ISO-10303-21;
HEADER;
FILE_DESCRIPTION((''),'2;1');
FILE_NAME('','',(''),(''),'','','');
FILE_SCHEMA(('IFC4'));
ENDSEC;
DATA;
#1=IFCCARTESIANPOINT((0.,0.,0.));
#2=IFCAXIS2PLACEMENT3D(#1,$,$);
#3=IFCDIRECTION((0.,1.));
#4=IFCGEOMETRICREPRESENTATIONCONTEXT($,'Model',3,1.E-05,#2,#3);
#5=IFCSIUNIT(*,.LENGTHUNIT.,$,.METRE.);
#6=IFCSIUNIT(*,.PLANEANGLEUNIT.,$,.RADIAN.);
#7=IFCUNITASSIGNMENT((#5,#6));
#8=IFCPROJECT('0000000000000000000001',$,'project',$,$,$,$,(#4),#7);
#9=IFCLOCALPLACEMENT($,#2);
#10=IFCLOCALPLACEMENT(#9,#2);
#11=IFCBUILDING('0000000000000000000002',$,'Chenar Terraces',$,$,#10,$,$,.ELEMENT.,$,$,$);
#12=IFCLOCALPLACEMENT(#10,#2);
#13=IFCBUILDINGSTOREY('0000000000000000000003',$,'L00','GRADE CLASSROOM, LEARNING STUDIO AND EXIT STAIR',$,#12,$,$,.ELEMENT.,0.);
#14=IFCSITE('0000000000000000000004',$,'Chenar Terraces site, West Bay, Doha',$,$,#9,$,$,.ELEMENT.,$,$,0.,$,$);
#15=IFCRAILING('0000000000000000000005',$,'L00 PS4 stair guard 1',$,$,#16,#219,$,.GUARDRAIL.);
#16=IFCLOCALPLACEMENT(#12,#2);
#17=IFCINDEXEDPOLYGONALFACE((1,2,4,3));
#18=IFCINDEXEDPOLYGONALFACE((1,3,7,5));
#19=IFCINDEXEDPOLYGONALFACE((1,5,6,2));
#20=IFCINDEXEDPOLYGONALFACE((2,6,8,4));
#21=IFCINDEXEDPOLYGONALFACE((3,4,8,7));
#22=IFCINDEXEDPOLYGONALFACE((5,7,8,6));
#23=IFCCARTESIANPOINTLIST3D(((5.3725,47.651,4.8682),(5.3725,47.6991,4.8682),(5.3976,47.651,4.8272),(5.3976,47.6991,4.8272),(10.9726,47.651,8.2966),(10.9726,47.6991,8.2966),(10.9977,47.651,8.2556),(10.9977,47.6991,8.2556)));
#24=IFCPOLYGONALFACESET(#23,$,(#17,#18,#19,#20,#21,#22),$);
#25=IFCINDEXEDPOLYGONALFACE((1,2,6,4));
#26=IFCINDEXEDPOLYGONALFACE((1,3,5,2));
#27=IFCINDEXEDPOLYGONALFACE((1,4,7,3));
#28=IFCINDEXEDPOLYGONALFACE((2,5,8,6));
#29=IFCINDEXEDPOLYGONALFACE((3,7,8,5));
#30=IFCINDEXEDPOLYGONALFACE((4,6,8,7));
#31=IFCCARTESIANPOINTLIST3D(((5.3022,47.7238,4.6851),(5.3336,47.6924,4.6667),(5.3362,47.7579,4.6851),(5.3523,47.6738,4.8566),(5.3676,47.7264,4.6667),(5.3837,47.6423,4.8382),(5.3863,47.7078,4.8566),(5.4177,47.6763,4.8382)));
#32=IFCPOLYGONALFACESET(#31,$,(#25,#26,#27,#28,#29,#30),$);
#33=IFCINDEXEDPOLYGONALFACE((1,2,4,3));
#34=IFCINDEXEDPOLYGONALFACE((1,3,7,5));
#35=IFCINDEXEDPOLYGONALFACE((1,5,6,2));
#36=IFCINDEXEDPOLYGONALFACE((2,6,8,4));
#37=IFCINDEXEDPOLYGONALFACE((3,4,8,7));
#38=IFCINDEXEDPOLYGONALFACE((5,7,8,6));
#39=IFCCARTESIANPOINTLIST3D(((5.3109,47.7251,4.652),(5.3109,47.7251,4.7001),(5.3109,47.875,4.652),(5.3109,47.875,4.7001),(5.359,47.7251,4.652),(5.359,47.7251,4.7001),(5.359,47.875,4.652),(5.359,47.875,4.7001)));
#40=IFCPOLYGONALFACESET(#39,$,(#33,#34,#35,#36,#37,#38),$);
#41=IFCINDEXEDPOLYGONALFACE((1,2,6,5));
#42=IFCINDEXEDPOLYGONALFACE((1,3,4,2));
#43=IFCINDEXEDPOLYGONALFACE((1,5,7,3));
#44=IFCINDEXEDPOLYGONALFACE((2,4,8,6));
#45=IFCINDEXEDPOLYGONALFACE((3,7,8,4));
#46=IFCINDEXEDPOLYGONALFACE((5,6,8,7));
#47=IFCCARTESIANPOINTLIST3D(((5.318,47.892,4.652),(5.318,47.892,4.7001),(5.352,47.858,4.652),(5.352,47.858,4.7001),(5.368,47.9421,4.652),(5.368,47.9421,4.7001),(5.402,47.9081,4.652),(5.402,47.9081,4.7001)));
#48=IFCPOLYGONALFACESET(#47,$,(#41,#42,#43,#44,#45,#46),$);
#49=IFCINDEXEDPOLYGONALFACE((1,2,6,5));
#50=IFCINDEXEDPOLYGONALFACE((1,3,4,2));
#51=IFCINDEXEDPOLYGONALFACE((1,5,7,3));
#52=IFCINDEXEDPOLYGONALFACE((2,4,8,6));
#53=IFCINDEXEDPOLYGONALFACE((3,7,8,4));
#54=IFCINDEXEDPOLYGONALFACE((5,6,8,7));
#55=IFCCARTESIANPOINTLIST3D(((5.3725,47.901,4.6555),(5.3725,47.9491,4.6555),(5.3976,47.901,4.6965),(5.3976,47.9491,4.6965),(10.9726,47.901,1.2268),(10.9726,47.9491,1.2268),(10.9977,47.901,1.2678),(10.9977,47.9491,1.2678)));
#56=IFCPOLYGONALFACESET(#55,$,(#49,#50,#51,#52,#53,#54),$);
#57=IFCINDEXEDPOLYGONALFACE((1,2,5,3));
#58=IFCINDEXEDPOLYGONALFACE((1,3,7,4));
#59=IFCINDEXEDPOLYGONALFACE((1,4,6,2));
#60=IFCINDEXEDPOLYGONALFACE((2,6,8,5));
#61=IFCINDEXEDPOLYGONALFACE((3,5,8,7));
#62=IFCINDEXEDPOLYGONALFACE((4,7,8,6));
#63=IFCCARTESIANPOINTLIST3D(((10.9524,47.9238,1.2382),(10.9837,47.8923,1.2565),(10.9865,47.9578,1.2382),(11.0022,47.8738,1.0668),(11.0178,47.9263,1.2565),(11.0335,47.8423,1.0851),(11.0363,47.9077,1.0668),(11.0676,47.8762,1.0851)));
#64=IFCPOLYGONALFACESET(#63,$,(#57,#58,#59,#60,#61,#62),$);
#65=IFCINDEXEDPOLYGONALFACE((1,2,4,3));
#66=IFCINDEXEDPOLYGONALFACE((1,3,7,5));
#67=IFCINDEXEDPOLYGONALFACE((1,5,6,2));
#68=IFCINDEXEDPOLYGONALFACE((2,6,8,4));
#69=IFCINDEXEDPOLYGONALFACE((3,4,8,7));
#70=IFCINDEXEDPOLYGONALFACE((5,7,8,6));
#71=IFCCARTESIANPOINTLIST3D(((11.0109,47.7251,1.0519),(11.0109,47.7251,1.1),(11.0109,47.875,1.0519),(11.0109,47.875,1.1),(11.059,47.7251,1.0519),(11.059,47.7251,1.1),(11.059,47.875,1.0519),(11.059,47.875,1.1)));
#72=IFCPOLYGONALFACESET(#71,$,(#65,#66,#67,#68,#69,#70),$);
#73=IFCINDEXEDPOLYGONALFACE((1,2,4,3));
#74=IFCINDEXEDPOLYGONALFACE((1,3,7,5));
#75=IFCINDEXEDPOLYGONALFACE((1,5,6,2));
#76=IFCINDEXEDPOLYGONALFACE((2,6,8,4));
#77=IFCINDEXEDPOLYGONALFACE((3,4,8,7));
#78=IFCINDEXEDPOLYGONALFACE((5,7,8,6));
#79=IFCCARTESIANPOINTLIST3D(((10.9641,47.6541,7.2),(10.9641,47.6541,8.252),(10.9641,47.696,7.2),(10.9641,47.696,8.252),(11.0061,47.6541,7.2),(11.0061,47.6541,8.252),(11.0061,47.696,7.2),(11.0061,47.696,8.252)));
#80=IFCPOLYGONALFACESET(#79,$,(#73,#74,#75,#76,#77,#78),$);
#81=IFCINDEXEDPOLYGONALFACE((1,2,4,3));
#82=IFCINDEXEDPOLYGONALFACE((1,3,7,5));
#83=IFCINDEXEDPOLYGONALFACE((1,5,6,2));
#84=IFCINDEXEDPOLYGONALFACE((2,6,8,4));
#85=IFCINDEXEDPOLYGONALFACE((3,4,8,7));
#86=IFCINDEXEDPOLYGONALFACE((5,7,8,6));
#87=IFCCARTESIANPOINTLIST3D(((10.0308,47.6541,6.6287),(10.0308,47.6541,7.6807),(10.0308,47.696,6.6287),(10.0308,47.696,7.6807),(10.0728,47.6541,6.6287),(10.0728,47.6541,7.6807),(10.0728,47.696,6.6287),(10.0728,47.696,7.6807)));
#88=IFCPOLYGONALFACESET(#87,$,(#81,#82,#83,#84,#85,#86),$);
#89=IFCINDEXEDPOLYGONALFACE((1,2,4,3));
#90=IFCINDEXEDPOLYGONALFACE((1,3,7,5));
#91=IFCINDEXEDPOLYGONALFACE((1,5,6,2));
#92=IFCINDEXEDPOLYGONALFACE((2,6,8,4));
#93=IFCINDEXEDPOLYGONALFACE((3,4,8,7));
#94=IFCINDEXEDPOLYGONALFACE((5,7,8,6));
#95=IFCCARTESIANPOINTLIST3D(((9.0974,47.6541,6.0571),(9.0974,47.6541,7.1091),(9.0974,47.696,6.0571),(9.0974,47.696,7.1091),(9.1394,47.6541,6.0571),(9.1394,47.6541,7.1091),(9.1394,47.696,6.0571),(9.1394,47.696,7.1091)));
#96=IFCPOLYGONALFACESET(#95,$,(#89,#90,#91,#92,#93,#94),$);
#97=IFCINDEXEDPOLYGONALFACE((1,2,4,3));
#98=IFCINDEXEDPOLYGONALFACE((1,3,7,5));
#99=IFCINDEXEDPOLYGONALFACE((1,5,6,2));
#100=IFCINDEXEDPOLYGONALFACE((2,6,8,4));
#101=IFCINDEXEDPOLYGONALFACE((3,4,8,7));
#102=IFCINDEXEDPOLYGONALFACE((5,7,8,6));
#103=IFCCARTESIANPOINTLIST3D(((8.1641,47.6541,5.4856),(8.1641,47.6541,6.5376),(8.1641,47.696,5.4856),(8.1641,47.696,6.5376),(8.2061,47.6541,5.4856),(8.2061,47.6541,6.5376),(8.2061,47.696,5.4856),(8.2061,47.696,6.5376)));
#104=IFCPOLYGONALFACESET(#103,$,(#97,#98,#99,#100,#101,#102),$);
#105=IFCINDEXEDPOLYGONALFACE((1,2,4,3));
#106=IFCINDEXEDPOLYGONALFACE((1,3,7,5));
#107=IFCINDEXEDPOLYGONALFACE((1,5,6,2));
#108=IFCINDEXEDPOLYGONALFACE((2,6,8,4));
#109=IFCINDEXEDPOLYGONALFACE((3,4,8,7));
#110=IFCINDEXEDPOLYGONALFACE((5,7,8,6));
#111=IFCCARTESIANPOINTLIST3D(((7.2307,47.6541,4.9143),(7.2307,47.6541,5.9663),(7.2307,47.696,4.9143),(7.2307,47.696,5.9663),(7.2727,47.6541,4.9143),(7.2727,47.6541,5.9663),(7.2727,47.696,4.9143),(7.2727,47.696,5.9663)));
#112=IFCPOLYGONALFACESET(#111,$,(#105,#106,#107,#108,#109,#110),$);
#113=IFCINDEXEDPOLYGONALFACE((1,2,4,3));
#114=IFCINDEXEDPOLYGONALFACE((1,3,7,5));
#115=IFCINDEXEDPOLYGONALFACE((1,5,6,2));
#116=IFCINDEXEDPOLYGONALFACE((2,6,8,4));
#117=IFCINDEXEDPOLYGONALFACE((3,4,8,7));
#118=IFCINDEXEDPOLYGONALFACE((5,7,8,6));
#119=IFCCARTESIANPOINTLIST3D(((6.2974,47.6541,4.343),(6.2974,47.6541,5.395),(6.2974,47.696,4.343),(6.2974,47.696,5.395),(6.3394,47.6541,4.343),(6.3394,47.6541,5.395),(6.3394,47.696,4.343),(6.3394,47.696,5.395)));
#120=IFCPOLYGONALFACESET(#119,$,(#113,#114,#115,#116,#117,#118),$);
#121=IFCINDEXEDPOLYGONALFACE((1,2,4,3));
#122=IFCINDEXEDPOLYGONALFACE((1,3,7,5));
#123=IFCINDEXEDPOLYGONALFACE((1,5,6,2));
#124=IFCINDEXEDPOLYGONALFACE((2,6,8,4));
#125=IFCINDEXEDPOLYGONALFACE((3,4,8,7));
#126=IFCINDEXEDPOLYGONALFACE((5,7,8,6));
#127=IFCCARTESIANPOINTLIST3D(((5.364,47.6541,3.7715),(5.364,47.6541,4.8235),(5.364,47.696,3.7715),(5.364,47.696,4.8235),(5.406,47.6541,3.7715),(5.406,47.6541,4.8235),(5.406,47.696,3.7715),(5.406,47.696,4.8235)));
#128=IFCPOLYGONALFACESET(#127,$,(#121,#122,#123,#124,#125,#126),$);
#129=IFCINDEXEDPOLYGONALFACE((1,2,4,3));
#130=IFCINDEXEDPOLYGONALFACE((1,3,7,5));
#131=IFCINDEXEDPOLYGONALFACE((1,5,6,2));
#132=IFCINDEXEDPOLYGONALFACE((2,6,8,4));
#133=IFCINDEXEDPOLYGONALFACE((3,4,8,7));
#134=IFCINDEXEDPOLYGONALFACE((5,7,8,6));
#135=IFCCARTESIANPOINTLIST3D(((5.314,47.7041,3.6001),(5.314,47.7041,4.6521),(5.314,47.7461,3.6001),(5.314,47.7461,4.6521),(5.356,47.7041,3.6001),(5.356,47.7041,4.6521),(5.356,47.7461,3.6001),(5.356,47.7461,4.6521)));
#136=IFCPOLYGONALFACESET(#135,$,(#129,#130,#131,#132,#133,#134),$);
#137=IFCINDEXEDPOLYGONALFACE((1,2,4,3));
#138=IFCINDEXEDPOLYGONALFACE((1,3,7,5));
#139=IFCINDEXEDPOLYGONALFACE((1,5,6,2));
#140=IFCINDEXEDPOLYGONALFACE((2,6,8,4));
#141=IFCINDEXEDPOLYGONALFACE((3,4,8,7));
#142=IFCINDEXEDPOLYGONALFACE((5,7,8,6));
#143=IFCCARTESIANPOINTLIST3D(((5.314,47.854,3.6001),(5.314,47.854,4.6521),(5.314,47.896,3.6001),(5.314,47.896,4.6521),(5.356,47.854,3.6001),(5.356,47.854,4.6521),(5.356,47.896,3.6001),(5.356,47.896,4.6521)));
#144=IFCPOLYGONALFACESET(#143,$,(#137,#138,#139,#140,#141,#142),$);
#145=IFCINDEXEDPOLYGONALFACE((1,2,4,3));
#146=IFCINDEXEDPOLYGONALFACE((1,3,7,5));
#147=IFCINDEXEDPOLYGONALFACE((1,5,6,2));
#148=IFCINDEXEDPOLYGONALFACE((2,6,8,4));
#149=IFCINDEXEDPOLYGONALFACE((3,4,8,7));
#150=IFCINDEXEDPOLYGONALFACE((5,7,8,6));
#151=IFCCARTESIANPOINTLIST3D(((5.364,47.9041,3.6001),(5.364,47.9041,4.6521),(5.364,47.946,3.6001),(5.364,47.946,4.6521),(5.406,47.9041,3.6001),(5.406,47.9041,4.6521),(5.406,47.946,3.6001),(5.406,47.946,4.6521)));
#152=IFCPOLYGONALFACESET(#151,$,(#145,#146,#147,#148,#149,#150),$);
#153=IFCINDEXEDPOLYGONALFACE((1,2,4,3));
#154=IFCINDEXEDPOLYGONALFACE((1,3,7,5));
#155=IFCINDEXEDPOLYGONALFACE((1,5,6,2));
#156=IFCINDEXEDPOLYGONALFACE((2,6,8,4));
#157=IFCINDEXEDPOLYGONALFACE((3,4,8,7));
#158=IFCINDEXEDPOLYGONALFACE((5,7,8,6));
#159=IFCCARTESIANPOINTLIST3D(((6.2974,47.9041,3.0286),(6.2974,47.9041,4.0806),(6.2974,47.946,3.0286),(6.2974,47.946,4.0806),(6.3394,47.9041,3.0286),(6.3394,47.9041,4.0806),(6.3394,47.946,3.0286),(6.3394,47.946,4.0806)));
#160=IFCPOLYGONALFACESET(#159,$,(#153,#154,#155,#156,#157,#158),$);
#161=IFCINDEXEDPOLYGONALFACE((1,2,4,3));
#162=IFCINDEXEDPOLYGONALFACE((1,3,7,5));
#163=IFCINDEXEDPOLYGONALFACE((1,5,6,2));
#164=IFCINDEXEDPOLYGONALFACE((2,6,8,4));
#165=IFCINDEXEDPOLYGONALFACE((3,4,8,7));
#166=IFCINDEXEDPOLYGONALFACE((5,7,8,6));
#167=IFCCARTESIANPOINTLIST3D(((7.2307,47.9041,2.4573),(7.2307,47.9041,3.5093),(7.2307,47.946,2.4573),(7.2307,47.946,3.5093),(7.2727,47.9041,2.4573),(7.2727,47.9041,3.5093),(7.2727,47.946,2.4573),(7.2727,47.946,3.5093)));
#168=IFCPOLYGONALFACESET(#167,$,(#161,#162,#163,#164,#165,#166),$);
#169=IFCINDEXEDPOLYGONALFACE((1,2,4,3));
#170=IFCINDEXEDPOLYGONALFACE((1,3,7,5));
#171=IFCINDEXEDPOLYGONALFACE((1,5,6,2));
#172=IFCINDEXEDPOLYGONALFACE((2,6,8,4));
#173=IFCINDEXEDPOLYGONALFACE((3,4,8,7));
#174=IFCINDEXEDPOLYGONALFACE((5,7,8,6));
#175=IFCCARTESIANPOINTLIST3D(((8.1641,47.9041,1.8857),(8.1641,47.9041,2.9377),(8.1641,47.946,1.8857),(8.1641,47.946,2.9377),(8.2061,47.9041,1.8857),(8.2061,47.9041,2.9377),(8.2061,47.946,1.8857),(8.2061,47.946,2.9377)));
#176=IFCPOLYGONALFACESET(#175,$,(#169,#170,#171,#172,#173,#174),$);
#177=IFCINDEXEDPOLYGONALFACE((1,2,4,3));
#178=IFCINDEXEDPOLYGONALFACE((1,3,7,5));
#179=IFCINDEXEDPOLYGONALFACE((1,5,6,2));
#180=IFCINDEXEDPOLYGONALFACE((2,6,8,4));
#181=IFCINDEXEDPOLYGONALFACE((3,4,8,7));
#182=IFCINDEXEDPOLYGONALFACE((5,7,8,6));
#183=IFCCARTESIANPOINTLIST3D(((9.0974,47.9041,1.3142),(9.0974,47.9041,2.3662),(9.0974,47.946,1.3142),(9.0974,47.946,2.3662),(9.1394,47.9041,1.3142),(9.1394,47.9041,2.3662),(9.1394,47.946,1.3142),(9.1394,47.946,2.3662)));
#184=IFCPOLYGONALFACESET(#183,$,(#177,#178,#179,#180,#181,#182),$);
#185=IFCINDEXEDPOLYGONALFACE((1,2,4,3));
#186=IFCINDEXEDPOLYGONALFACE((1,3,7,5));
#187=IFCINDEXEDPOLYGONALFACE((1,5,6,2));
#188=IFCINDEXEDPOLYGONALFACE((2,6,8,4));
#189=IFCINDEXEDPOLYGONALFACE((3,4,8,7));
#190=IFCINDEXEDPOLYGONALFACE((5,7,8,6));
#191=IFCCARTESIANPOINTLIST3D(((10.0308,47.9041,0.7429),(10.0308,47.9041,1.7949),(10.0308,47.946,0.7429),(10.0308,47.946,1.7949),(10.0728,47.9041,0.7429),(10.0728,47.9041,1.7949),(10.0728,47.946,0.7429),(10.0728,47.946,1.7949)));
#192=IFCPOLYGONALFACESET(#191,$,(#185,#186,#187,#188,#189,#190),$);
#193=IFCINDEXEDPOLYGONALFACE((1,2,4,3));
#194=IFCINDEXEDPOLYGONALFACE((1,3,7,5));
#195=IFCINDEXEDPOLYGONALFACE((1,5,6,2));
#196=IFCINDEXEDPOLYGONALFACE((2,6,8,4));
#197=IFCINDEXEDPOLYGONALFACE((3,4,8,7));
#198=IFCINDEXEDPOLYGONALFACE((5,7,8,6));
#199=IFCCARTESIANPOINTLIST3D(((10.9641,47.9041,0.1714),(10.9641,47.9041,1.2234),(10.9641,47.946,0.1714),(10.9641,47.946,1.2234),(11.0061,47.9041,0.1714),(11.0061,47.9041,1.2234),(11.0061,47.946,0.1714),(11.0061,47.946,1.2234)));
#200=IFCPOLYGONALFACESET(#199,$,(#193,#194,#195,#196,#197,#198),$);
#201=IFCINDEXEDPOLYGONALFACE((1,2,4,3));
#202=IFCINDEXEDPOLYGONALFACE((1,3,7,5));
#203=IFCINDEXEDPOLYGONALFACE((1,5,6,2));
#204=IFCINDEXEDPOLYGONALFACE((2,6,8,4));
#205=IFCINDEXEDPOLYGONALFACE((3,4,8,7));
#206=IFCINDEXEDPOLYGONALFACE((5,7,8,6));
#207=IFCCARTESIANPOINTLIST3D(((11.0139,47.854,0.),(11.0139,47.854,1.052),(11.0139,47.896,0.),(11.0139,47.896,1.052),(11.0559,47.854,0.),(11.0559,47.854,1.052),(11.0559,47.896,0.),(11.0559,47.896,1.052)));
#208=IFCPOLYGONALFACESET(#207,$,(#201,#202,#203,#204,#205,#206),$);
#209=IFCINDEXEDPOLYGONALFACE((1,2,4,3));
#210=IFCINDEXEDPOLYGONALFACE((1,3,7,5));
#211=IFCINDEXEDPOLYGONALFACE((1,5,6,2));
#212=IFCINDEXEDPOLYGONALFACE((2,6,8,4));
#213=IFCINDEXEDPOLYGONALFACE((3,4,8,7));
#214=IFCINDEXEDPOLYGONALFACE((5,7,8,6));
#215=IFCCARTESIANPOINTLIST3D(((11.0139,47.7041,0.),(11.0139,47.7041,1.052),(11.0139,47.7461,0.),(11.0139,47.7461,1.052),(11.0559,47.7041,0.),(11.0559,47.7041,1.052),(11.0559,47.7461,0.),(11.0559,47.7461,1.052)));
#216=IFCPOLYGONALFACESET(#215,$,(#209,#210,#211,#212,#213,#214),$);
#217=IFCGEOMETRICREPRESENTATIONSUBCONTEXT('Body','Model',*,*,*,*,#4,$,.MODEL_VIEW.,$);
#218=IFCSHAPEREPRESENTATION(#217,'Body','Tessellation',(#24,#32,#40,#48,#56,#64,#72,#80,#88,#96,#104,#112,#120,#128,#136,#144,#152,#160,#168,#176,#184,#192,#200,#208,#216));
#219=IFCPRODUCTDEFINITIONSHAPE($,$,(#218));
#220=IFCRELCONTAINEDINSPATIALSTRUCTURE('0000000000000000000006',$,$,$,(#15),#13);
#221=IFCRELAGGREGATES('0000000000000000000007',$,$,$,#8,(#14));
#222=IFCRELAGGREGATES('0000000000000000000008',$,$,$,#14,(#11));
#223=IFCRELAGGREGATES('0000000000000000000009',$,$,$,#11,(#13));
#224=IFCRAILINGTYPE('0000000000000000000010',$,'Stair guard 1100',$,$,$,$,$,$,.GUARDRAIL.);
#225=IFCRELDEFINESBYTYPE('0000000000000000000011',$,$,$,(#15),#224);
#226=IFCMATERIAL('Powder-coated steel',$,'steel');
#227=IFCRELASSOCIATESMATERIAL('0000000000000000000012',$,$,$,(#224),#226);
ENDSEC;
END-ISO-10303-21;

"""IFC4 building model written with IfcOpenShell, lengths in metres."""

from ifc_helpers import new_model, si_unit, direction, frame, origin, origin_2d, place, context, subcontext, project, spatial, rectangle, extrude, material, type_object, element, save


model = new_model("IFC4")

# Units and contexts
model_context = context("Model", 3, precision=1e-05, world=origin(), true_north=direction((0.0, 1.0)))
body_context = subcontext(model_context, "Body", "Model", "MODEL_VIEW")
ifc_project = project(units=[si_unit("LENGTHUNIT", "METRE"), si_unit("PLANEANGLEUNIT", "RADIAN")], contexts=[model_context])

# Site, building, storey
site_placement = place(None, origin())
site = spatial("IfcSite", under=ifc_project, at=site_placement, Name="Chenar Terraces site, West Bay, Doha", CompositionType="ELEMENT", RefElevation=0.0)
building_placement = place(site_placement, origin())
building = spatial("IfcBuilding", under=site, at=building_placement, Name="Chenar Terraces", CompositionType="ELEMENT")
storey_placement = place(building_placement, origin())
storey = spatial("IfcBuildingStorey", under=building, at=storey_placement, Name="L00", Description="GRADE CLASSROOM, LEARNING STUDIO AND EXIT STAIR", CompositionType="ELEMENT", Elevation=0.0)

# Railing
ifc_material_1 = material(Name="Powder-coated steel", Category="steel")
railing_type_1 = type_object("IfcRailingType", Name="Stair guard 1100", PredefinedType="GUARDRAIL", material=ifc_material_1)
railing_1_placement = place(storey_placement, frame((10.9851, 47.675, 7.2)))
element("IfcRailing", 1, at=railing_1_placement, inside=storey, type_object=railing_type_1, Name="L00 PS4 stair guard 1", PredefinedType="GUARDRAIL", context=body_context, shape_type="SweptSolid", body=[
    extrude(rectangle(XDim=0.0481, YDim=0.0481, at=origin_2d()), frame((0.0, 0.0, 1.0762), z_axis=(-0.852862, 0.0, -0.522136), x_axis=(0.0, -1.0, 0.0)), (0.0, 0.0, 1.0), 6.5662),
    extrude(rectangle(XDim=0.0481, YDim=0.0481, at=origin_2d()), frame((-5.6001, 0.0, -2.3525), z_axis=(-0.269911, 0.269911, -0.924281), x_axis=(-0.707107, -0.707107, 0.0)), (0.0, 0.0, 1.0), 0.1855),
    extrude(rectangle(XDim=0.0481, YDim=0.0481, at=origin_2d()), frame((-5.6501, 0.05, -2.5239), z_axis=(0.0, 1.0, 0.0), x_axis=(-1.0, 0.0, 0.0)), (0.0, 0.0, 1.0), 0.1499),
    extrude(rectangle(XDim=0.0481, YDim=0.0481, at=origin_2d()), frame((-5.6501, 0.2, -2.5239), z_axis=(0.707107, 0.707107, 0.0), x_axis=(-0.707107, 0.707107, 0.0)), (0.0, 0.0, 1.0), 0.0708),
    extrude(rectangle(XDim=0.0481, YDim=0.0481, at=origin_2d()), frame((-5.6001, 0.25, -2.5239), z_axis=(0.852846, 0.0, -0.522163), x_axis=(0.0, 1.0, 0.0)), (0.0, 0.0, 1.0), 6.5664),
    extrude(rectangle(XDim=0.0481, YDim=0.0481, at=origin_2d()), frame((0.0, 0.25, -5.9526), z_axis=(0.26869, -0.270007, -0.924609), x_axis=(0.708834, 0.705376, 0.0)), (0.0, 0.0, 1.0), 0.1853),
    extrude(rectangle(XDim=0.0481, YDim=0.0481, at=origin_2d()), frame((0.0498, 0.2, -6.124), z_axis=(0.0, -1.0, 0.0), x_axis=(1.0, 0.0, 0.0)), (0.0, 0.0, 1.0), 0.1499),
    extrude(rectangle(XDim=0.042, YDim=0.042, at=origin_2d()), origin(), (0.0, 0.0, 1.0), 1.052),
    extrude(rectangle(XDim=0.042, YDim=0.042, at=origin_2d()), frame((-0.9333, 0.0, -0.5713)), (0.0, 0.0, 1.0), 1.052),
    extrude(rectangle(XDim=0.042, YDim=0.042, at=origin_2d()), frame((-1.8667, 0.0, -1.1428)), (0.0, 0.0, 1.0), 1.052),
    extrude(rectangle(XDim=0.042, YDim=0.042, at=origin_2d()), frame((-2.8, 0.0, -1.7144)), (0.0, 0.0, 1.0), 1.052),
    extrude(rectangle(XDim=0.042, YDim=0.042, at=origin_2d()), frame((-3.7334, 0.0, -2.2856)), (0.0, 0.0, 1.0), 1.052),
    extrude(rectangle(XDim=0.042, YDim=0.042, at=origin_2d()), frame((-4.6667, 0.0, -2.8569)), (0.0, 0.0, 1.0), 1.052),
    extrude(rectangle(XDim=0.042, YDim=0.042, at=origin_2d()), frame((-5.6001, 0.0, -3.4285)), (0.0, 0.0, 1.0), 1.052),
    extrude(rectangle(XDim=0.042, YDim=0.042, at=origin_2d()), frame((-5.6501, 0.05, -3.5999)), (0.0, 0.0, 1.0), 1.052),
    extrude(rectangle(XDim=0.042, YDim=0.042, at=origin_2d()), frame((-5.6501, 0.2, -3.5999)), (0.0, 0.0, 1.0), 1.052),
    extrude(rectangle(XDim=0.042, YDim=0.042, at=origin_2d()), frame((-5.6001, 0.25, -3.5999)), (0.0, 0.0, 1.0), 1.052),
    extrude(rectangle(XDim=0.042, YDim=0.042, at=origin_2d()), frame((-4.6667, 0.25, -4.1714)), (0.0, 0.0, 1.0), 1.052),
    extrude(rectangle(XDim=0.042, YDim=0.042, at=origin_2d()), frame((-3.7334, 0.25, -4.7427)), (0.0, 0.0, 1.0), 1.052),
    extrude(rectangle(XDim=0.042, YDim=0.042, at=origin_2d()), frame((-2.8, 0.25, -5.3142)), (0.0, 0.0, 1.0), 1.052),
    extrude(rectangle(XDim=0.042, YDim=0.042, at=origin_2d()), frame((-1.8667, 0.25, -5.8857)), (0.0, 0.0, 1.0), 1.052),
    extrude(rectangle(XDim=0.042, YDim=0.042, at=origin_2d()), frame((-0.9333, 0.25, -6.457)), (0.0, 0.0, 1.0), 1.052),
    extrude(rectangle(XDim=0.042, YDim=0.042, at=origin_2d()), frame((0.0, 0.25, -7.0286)), (0.0, 0.0, 1.0), 1.052),
    extrude(rectangle(XDim=0.042, YDim=0.042, at=origin_2d()), frame((0.0498, 0.2, -7.2)), (0.0, 0.0, 1.0), 1.052),
    extrude(rectangle(XDim=0.042, YDim=0.042, at=origin_2d()), frame((0.0498, 0.05, -7.2)), (0.0, 0.0, 1.0), 1.052),
])

save(model, "model.ifc")
